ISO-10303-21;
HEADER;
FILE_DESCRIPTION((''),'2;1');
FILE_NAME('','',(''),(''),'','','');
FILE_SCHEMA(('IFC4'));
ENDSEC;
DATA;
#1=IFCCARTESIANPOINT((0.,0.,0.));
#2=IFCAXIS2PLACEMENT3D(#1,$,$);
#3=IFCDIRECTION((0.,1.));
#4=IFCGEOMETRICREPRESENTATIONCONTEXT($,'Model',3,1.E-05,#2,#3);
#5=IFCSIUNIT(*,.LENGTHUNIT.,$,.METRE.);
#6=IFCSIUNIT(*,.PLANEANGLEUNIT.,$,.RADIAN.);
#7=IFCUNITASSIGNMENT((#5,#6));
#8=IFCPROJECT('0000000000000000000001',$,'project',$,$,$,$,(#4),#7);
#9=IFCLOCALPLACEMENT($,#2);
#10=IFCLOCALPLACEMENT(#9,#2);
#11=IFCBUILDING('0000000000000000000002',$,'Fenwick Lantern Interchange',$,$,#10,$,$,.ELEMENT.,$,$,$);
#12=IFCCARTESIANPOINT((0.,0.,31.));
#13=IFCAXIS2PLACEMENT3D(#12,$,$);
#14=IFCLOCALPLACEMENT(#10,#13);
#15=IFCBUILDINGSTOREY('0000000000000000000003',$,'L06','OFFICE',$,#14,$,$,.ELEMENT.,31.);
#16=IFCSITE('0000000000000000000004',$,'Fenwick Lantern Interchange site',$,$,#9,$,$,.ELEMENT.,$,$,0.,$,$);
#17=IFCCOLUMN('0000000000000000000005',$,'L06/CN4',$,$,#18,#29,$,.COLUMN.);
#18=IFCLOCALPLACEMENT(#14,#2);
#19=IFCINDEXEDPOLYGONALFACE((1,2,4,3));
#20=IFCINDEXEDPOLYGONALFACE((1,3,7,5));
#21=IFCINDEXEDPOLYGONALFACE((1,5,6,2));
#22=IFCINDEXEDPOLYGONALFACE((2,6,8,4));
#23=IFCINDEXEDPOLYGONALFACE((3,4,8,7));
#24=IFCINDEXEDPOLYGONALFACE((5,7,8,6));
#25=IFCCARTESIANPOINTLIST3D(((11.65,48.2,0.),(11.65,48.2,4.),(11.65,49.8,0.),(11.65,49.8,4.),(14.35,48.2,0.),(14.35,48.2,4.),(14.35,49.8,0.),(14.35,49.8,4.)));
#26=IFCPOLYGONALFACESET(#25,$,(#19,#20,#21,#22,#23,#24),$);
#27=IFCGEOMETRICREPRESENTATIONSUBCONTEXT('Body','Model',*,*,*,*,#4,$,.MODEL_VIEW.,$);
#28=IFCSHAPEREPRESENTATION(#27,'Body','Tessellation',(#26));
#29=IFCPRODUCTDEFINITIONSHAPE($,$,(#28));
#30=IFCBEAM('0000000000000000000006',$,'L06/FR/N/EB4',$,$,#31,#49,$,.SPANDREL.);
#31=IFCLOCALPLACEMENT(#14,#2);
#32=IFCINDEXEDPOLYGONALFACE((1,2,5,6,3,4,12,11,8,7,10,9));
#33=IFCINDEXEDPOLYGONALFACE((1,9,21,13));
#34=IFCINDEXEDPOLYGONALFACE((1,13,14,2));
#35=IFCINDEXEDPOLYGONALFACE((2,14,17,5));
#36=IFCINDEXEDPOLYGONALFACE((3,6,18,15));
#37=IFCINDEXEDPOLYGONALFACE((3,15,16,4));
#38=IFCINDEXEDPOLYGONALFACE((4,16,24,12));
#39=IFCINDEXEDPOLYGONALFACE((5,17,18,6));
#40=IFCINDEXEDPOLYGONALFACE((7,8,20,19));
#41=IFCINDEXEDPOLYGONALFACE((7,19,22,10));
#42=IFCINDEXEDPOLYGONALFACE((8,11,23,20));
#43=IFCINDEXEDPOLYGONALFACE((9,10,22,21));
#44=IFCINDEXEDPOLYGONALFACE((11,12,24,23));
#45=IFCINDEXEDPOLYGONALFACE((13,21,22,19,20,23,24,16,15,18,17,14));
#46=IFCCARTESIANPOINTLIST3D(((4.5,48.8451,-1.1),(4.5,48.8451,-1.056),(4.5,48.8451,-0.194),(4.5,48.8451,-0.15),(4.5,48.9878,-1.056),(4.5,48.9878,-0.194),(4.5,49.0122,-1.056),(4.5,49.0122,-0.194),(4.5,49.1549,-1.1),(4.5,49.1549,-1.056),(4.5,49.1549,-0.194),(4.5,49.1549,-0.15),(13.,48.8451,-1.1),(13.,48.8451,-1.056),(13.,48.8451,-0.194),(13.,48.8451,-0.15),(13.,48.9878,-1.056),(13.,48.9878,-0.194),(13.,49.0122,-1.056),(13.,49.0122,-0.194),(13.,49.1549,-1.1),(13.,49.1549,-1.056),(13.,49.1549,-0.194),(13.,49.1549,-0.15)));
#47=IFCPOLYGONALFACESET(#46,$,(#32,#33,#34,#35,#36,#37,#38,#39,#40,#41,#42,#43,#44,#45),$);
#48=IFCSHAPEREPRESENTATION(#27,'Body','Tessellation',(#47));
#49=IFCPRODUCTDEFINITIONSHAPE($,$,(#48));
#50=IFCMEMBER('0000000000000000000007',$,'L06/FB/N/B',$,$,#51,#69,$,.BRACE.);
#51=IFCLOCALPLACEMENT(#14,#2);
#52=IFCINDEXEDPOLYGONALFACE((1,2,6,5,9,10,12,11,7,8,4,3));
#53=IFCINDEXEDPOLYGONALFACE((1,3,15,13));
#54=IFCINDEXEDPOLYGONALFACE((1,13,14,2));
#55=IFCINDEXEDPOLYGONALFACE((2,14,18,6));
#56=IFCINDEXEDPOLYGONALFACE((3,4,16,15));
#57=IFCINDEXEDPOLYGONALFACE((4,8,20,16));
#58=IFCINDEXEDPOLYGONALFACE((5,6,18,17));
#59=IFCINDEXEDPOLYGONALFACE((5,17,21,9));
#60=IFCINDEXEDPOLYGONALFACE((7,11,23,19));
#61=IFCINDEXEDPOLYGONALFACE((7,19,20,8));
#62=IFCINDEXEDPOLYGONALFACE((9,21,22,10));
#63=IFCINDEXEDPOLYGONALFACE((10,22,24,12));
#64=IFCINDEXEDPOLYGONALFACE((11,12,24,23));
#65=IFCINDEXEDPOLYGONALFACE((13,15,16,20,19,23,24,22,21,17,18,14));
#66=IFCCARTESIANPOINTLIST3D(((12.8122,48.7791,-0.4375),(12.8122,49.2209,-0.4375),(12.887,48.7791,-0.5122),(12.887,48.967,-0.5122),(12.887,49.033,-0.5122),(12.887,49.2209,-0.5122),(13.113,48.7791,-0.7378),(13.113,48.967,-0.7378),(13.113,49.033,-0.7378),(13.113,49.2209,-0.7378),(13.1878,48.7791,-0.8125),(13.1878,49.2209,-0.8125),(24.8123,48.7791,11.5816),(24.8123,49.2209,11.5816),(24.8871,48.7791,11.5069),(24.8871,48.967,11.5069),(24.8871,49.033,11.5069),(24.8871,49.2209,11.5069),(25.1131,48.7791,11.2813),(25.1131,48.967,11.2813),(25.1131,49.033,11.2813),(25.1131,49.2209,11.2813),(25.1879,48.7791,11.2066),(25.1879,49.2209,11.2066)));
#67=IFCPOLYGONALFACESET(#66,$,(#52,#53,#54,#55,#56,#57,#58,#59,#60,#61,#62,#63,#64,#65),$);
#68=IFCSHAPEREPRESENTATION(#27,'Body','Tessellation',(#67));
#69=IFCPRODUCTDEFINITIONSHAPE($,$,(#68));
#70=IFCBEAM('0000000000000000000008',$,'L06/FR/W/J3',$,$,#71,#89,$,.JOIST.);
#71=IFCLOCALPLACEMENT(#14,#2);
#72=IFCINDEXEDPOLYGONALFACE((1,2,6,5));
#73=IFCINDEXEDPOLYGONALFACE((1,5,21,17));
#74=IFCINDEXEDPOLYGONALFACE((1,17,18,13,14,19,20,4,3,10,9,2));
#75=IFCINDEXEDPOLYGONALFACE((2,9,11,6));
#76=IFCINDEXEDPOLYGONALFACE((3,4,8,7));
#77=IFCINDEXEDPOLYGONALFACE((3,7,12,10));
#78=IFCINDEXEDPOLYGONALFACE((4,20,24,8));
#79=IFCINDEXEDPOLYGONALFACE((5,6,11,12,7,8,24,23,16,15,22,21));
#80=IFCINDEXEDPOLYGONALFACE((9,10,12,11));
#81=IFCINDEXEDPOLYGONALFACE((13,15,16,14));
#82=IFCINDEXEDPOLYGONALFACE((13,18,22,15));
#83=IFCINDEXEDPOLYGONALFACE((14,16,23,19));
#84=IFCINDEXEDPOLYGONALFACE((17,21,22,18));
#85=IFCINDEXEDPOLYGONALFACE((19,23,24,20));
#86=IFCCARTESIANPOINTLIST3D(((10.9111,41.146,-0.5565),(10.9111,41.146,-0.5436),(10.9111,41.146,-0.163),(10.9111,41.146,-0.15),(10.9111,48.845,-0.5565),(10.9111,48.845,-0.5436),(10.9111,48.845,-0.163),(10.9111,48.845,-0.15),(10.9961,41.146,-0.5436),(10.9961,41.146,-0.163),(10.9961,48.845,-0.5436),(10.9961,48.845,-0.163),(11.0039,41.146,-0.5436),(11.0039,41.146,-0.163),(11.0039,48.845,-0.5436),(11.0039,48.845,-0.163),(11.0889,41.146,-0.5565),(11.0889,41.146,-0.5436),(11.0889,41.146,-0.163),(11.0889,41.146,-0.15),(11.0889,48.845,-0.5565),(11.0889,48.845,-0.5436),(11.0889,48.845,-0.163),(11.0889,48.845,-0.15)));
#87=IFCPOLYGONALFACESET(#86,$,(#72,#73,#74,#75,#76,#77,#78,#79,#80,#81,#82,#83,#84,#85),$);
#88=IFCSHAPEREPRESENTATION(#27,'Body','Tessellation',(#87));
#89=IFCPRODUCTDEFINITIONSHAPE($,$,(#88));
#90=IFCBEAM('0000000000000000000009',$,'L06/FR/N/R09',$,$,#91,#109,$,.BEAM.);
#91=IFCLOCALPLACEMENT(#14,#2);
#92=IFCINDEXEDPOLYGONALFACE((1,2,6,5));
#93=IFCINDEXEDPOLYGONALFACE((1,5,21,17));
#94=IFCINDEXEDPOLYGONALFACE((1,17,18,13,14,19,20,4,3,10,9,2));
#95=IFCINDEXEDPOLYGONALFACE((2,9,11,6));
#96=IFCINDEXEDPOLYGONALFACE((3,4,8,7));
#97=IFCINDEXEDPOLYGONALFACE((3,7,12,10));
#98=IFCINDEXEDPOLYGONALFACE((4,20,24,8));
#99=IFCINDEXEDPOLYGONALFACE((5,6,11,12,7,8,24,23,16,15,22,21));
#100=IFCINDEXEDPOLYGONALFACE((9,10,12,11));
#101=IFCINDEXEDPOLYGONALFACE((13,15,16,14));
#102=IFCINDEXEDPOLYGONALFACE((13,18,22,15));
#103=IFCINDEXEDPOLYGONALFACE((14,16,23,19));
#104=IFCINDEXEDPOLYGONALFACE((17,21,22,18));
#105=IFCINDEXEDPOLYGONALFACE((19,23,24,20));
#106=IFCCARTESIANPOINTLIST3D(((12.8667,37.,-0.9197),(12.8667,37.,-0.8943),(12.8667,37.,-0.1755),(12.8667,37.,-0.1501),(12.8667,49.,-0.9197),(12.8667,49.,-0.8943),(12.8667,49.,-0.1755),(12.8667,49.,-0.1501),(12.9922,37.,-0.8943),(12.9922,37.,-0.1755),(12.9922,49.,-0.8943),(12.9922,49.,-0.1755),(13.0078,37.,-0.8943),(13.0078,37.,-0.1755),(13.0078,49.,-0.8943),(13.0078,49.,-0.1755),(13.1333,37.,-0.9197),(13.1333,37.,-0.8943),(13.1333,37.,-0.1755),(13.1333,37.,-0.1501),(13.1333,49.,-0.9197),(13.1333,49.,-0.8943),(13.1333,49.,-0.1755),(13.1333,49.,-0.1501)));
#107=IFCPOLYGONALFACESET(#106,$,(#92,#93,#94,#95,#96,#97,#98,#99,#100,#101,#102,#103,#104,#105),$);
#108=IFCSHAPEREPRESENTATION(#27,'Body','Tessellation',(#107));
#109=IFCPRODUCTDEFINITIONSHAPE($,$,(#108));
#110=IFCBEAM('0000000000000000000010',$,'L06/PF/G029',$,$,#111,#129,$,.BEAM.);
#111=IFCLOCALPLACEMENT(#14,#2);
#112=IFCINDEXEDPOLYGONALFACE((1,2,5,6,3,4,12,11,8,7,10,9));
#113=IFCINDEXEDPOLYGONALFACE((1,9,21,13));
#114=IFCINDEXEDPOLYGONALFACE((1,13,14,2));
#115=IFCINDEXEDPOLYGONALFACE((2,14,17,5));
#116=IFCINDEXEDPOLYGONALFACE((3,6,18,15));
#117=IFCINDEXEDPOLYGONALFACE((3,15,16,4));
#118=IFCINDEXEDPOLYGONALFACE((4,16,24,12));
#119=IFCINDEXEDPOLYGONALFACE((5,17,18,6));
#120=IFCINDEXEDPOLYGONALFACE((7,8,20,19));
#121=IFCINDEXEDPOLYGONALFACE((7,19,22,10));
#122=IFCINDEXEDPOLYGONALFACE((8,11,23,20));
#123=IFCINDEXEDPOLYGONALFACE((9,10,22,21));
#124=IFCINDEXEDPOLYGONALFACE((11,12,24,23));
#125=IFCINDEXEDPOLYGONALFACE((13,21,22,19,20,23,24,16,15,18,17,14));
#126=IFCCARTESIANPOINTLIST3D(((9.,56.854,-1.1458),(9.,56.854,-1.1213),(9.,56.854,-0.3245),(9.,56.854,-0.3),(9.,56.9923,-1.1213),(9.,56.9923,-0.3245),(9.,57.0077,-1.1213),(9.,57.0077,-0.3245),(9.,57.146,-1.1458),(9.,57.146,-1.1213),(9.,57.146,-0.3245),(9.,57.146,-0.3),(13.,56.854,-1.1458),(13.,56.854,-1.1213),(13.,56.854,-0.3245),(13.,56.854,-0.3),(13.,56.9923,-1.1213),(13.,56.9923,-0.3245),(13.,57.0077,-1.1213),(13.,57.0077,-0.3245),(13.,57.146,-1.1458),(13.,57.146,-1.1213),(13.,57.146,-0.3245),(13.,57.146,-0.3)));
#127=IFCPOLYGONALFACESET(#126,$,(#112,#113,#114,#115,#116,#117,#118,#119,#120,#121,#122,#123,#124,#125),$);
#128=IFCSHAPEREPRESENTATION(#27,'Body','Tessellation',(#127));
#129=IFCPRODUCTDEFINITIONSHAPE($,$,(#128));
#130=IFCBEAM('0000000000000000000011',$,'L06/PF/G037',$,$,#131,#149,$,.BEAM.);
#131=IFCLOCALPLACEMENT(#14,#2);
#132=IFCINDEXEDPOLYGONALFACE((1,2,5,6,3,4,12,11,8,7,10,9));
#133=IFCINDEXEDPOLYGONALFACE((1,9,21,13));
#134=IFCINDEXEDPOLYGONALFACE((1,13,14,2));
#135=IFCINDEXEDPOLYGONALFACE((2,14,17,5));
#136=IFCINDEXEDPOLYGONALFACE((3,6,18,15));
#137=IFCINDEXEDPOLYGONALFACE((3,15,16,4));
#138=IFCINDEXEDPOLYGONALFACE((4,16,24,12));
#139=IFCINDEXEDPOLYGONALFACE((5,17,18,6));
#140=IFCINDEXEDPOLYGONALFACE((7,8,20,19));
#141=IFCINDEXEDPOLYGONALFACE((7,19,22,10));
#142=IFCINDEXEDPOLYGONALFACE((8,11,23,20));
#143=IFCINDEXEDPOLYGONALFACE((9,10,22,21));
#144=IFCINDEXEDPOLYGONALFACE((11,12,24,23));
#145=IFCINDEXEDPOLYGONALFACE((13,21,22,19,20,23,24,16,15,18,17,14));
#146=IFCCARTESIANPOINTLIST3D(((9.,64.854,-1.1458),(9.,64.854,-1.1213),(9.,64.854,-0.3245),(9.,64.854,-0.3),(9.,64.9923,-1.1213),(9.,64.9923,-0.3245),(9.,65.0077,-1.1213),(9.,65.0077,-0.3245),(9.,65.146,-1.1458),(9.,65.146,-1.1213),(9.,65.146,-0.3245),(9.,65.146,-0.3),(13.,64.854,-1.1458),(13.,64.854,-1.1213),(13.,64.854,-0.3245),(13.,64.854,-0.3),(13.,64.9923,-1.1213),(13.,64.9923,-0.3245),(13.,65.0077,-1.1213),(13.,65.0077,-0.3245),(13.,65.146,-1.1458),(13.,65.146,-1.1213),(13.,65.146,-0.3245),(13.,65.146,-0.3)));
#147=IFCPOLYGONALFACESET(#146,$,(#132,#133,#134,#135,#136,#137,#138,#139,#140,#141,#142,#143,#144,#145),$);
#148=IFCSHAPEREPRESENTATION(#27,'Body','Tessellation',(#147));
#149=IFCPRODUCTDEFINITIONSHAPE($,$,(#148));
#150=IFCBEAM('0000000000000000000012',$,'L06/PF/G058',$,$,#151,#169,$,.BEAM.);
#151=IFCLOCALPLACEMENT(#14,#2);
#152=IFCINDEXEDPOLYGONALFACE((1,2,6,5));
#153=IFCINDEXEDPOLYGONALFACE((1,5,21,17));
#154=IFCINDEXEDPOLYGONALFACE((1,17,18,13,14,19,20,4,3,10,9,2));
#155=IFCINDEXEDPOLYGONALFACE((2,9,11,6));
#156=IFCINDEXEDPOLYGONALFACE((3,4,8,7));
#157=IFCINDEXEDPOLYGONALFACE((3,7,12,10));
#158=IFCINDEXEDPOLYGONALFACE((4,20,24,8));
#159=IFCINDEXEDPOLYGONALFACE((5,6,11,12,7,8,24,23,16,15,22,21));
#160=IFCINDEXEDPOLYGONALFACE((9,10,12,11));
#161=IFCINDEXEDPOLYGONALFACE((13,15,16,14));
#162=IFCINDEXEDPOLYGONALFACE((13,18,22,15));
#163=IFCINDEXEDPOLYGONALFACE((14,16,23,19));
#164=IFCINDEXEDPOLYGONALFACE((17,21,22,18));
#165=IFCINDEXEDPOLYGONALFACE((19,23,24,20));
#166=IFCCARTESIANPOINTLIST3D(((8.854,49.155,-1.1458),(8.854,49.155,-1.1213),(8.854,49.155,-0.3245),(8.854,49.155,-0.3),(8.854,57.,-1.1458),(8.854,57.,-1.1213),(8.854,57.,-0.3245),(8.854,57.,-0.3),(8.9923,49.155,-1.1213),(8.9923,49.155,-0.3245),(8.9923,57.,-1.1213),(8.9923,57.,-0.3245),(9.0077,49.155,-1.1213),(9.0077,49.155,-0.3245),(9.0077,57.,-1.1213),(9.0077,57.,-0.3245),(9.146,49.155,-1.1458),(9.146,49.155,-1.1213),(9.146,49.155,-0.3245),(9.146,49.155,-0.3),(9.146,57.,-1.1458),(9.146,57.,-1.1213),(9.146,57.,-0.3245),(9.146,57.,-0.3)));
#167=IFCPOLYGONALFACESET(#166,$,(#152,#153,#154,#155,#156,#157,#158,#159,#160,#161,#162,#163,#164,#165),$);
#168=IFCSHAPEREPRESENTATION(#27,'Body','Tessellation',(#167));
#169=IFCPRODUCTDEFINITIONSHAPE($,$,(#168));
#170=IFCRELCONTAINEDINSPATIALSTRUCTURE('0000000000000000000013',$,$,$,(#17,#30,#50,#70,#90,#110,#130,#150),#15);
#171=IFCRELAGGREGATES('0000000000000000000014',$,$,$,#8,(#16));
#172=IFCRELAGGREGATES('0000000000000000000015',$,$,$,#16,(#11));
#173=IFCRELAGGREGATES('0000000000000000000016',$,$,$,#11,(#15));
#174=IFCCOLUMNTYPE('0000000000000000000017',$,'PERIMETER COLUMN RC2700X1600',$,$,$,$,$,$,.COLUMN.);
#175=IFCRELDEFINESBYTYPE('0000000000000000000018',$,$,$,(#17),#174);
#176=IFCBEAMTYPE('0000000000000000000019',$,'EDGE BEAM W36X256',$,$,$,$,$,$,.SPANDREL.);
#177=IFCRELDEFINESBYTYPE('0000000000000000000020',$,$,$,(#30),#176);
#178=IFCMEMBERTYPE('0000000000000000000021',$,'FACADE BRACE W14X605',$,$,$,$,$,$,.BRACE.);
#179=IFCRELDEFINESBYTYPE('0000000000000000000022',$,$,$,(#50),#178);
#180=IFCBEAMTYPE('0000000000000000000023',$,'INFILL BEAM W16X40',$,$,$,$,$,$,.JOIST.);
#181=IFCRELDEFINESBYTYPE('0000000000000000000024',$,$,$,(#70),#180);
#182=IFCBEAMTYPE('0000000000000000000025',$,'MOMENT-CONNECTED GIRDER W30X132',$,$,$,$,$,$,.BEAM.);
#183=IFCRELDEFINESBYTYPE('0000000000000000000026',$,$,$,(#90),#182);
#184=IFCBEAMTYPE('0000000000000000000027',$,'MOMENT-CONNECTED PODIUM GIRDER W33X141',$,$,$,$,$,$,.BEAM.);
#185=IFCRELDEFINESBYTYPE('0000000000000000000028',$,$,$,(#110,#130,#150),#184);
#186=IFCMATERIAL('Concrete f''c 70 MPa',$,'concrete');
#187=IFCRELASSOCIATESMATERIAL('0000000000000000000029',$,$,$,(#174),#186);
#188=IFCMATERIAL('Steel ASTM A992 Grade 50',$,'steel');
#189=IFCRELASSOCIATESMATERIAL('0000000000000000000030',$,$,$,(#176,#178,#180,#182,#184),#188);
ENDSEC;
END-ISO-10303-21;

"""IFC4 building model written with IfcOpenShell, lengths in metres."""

from ifc_helpers import new_model, si_unit, direction, frame, origin, origin_2d, place, context, subcontext, project, spatial, rectangle, i_section, extrude, material, material_profile, profile_set, type_object, element, save


model = new_model("IFC4")

# Units and contexts
model_context = context("Model", 3, precision=1e-05, world=origin(), true_north=direction((0.0, 1.0)))
body_context = subcontext(model_context, "Body", "Model", "MODEL_VIEW")
ifc_project = project(units=[si_unit("LENGTHUNIT", "METRE"), si_unit("PLANEANGLEUNIT", "RADIAN")], contexts=[model_context])

# Site, building, storey
site_placement = place(None, origin())
site = spatial("IfcSite", under=ifc_project, at=site_placement, Name="Fenwick Lantern Interchange site", CompositionType="ELEMENT", RefElevation=0.0)
building_placement = place(site_placement, origin())
building = spatial("IfcBuilding", under=site, at=building_placement, Name="Fenwick Lantern Interchange", CompositionType="ELEMENT")
storey_placement = place(building_placement, frame((0.0, 0.0, 31.0)))
storey = spatial("IfcBuildingStorey", under=building, at=storey_placement, Name="L06", Description="OFFICE", CompositionType="ELEMENT", Elevation=31.0)

# Column
ifc_material_1 = material(Name="Concrete f'c 70 MPa", Category="concrete")
ifc_material_profile_1 = material_profile(ifc_material_1, rectangle(XDim=2.7, YDim=1.6001, at=origin_2d()), Name="RC2700X1600")
ifc_profile_set_1 = profile_set([ifc_material_profile_1], Name="Concrete f'c 70 MPa")
column_type = type_object("IfcColumnType", Name="PERIMETER COLUMN RC2700X1600", PredefinedType="COLUMN", material=ifc_profile_set_1)
column_placement = place(storey_placement, frame((13.0, 49.0, 0.0), z_axis=(0.0, 0.0, 1.0), x_axis=(1.0, 0.0, 0.0)))
element("IfcColumn", 1, at=column_placement, inside=storey, type_object=column_type, Name="L06/CN4", PredefinedType="COLUMN", context=body_context, shape_type="SweptSolid", body=[
    extrude(rectangle(XDim=2.7, YDim=1.6001, at=origin_2d()), origin(), (0.0, 0.0, 1.0), 4.0),
])

# Beam
ifc_material_2 = material(Name="Steel ASTM A992 Grade 50", Category="steel")
ifc_material_profile_2 = material_profile(ifc_material_2, i_section(OverallWidth=0.3098, OverallDepth=0.95, WebThickness=0.0244, FlangeThickness=0.0439, at=origin_2d()), Name="W36X256")
ifc_profile_set_2 = profile_set([ifc_material_profile_2], Name="Steel ASTM A992 Grade 50")
beam_type_1 = type_object("IfcBeamType", Name="EDGE BEAM W36X256", PredefinedType="SPANDREL", material=ifc_profile_set_2)
beam_1_placement = place(storey_placement, frame((13.0, 49.0, -0.625), z_axis=(-1.0, 0.0, 0.0), x_axis=(0.0, -1.0, 0.0)))
element("IfcBeam", 2, at=beam_1_placement, inside=storey, type_object=beam_type_1, Name="L06/FR/N/EB4", PredefinedType="SPANDREL", context=body_context, shape_type="SweptSolid", body=[
    extrude(i_section(OverallWidth=0.3098, OverallDepth=0.95, WebThickness=0.0244, FlangeThickness=0.0439, at=origin_2d()), origin(), (0.0, 0.0, 1.0), 8.5),
])

# Member
ifc_material_profile_3 = material_profile(ifc_material_2, i_section(OverallWidth=0.4419, OverallDepth=0.5308, WebThickness=0.0659, FlangeThickness=0.1057, at=origin_2d()), Name="W14X605")
ifc_profile_set_3 = profile_set([ifc_material_profile_3], Name="Steel ASTM A992 Grade 50")
member_type_1 = type_object("IfcMemberType", Name="FACADE BRACE W14X605", PredefinedType="BRACE", material=ifc_profile_set_3)
member_1_placement = place(storey_placement, frame((13.0, 49.0, -0.625), z_axis=(0.706546, 0.0, 0.707667), x_axis=(0.0, 1.0, 0.0)))
element("IfcMember", 3, at=member_1_placement, inside=storey, type_object=member_type_1, Name="L06/FB/N/B", PredefinedType="BRACE", context=body_context, shape_type="SweptSolid", body=[
    extrude(i_section(OverallWidth=0.4419, OverallDepth=0.5308, WebThickness=0.0659, FlangeThickness=0.1057, at=origin_2d()), origin(), (0.0, 0.0, 1.0), 16.9841),
])

# Beams
ifc_material_profile_4 = material_profile(ifc_material_2, i_section(OverallWidth=0.1777, OverallDepth=0.4065, WebThickness=0.0078, FlangeThickness=0.0129, at=origin_2d()), Name="W16X40")
ifc_profile_set_4 = profile_set([ifc_material_profile_4], Name="Steel ASTM A992 Grade 50")
beam_type_2 = type_object("IfcBeamType", Name="INFILL BEAM W16X40", PredefinedType="JOIST", material=ifc_profile_set_4)
beam_2_placement = place(storey_placement, frame((11.0, 48.845, -0.3533), z_axis=(0.0, -1.0, 0.0), x_axis=(1.0, 0.0, 0.0)))
element("IfcBeam", 4, at=beam_2_placement, inside=storey, type_object=beam_type_2, Name="L06/FR/W/J3", PredefinedType="JOIST", context=body_context, shape_type="SweptSolid", body=[
    extrude(i_section(OverallWidth=0.1777, OverallDepth=0.4065, WebThickness=0.0078, FlangeThickness=0.0129, at=origin_2d()), origin(), (0.0, 0.0, 1.0), 7.699),
])
ifc_material_profile_5 = material_profile(ifc_material_2, i_section(OverallWidth=0.2666, OverallDepth=0.7695, WebThickness=0.0156, FlangeThickness=0.0254, at=origin_2d()), Name="W30X132")
ifc_profile_set_5 = profile_set([ifc_material_profile_5], Name="Steel ASTM A992 Grade 50")
beam_type_3 = type_object("IfcBeamType", Name="MOMENT-CONNECTED GIRDER W30X132", PredefinedType="BEAM", material=ifc_profile_set_5)
beam_3_placement = place(storey_placement, frame((13.0, 49.0, -0.5349), z_axis=(0.0, -1.0, 0.0), x_axis=(1.0, 0.0, 0.0)))
element("IfcBeam", 5, at=beam_3_placement, inside=storey, type_object=beam_type_3, Name="L06/FR/N/R09", PredefinedType="BEAM", context=body_context, shape_type="SweptSolid", body=[
    extrude(i_section(OverallWidth=0.2666, OverallDepth=0.7695, WebThickness=0.0156, FlangeThickness=0.0254, at=origin_2d()), origin(), (0.0, 0.0, 1.0), 12.0),
])
ifc_material_profile_6 = material_profile(ifc_material_2, i_section(OverallWidth=0.292, OverallDepth=0.8457, WebThickness=0.0154, FlangeThickness=0.0244, at=origin_2d()), Name="W33X141")
ifc_profile_set_6 = profile_set([ifc_material_profile_6], Name="Steel ASTM A992 Grade 50")
beam_type_4 = type_object("IfcBeamType", Name="MOMENT-CONNECTED PODIUM GIRDER W33X141", PredefinedType="BEAM", material=ifc_profile_set_6)
for number, where, z_axis, x_axis, name in (
    (6, (9.0, 57.0, -0.7229), (1.0, 0.0, 0.0), (0.0, 1.0, 0.0), "L06/PF/G029"),
    (7, (9.0, 65.0, -0.7229), (1.0, 0.0, 0.0), (0.0, 1.0, 0.0), "L06/PF/G037"),
):
    element("IfcBeam", number, at=place(storey_placement, frame(where, z_axis=z_axis, x_axis=x_axis)), inside=storey, type_object=beam_type_4, Name=name, PredefinedType="BEAM", context=body_context, shape_type="SweptSolid", body=[
        extrude(i_section(OverallWidth=0.292, OverallDepth=0.8457, WebThickness=0.0154, FlangeThickness=0.0244, at=origin_2d()), origin(), (0.0, 0.0, 1.0), 4.0),
    ])
beam_4_placement = place(storey_placement, frame((9.0, 49.155, -0.7229), z_axis=(0.0, 1.0, 0.0), x_axis=(-1.0, 0.0, 0.0)))
element("IfcBeam", 8, at=beam_4_placement, inside=storey, type_object=beam_type_4, Name="L06/PF/G058", PredefinedType="BEAM", context=body_context, shape_type="SweptSolid", body=[
    extrude(i_section(OverallWidth=0.292, OverallDepth=0.8457, WebThickness=0.0154, FlangeThickness=0.0244, at=origin_2d()), origin(), (0.0, 0.0, 1.0), 7.845),
])

save(model, "model.ifc")
